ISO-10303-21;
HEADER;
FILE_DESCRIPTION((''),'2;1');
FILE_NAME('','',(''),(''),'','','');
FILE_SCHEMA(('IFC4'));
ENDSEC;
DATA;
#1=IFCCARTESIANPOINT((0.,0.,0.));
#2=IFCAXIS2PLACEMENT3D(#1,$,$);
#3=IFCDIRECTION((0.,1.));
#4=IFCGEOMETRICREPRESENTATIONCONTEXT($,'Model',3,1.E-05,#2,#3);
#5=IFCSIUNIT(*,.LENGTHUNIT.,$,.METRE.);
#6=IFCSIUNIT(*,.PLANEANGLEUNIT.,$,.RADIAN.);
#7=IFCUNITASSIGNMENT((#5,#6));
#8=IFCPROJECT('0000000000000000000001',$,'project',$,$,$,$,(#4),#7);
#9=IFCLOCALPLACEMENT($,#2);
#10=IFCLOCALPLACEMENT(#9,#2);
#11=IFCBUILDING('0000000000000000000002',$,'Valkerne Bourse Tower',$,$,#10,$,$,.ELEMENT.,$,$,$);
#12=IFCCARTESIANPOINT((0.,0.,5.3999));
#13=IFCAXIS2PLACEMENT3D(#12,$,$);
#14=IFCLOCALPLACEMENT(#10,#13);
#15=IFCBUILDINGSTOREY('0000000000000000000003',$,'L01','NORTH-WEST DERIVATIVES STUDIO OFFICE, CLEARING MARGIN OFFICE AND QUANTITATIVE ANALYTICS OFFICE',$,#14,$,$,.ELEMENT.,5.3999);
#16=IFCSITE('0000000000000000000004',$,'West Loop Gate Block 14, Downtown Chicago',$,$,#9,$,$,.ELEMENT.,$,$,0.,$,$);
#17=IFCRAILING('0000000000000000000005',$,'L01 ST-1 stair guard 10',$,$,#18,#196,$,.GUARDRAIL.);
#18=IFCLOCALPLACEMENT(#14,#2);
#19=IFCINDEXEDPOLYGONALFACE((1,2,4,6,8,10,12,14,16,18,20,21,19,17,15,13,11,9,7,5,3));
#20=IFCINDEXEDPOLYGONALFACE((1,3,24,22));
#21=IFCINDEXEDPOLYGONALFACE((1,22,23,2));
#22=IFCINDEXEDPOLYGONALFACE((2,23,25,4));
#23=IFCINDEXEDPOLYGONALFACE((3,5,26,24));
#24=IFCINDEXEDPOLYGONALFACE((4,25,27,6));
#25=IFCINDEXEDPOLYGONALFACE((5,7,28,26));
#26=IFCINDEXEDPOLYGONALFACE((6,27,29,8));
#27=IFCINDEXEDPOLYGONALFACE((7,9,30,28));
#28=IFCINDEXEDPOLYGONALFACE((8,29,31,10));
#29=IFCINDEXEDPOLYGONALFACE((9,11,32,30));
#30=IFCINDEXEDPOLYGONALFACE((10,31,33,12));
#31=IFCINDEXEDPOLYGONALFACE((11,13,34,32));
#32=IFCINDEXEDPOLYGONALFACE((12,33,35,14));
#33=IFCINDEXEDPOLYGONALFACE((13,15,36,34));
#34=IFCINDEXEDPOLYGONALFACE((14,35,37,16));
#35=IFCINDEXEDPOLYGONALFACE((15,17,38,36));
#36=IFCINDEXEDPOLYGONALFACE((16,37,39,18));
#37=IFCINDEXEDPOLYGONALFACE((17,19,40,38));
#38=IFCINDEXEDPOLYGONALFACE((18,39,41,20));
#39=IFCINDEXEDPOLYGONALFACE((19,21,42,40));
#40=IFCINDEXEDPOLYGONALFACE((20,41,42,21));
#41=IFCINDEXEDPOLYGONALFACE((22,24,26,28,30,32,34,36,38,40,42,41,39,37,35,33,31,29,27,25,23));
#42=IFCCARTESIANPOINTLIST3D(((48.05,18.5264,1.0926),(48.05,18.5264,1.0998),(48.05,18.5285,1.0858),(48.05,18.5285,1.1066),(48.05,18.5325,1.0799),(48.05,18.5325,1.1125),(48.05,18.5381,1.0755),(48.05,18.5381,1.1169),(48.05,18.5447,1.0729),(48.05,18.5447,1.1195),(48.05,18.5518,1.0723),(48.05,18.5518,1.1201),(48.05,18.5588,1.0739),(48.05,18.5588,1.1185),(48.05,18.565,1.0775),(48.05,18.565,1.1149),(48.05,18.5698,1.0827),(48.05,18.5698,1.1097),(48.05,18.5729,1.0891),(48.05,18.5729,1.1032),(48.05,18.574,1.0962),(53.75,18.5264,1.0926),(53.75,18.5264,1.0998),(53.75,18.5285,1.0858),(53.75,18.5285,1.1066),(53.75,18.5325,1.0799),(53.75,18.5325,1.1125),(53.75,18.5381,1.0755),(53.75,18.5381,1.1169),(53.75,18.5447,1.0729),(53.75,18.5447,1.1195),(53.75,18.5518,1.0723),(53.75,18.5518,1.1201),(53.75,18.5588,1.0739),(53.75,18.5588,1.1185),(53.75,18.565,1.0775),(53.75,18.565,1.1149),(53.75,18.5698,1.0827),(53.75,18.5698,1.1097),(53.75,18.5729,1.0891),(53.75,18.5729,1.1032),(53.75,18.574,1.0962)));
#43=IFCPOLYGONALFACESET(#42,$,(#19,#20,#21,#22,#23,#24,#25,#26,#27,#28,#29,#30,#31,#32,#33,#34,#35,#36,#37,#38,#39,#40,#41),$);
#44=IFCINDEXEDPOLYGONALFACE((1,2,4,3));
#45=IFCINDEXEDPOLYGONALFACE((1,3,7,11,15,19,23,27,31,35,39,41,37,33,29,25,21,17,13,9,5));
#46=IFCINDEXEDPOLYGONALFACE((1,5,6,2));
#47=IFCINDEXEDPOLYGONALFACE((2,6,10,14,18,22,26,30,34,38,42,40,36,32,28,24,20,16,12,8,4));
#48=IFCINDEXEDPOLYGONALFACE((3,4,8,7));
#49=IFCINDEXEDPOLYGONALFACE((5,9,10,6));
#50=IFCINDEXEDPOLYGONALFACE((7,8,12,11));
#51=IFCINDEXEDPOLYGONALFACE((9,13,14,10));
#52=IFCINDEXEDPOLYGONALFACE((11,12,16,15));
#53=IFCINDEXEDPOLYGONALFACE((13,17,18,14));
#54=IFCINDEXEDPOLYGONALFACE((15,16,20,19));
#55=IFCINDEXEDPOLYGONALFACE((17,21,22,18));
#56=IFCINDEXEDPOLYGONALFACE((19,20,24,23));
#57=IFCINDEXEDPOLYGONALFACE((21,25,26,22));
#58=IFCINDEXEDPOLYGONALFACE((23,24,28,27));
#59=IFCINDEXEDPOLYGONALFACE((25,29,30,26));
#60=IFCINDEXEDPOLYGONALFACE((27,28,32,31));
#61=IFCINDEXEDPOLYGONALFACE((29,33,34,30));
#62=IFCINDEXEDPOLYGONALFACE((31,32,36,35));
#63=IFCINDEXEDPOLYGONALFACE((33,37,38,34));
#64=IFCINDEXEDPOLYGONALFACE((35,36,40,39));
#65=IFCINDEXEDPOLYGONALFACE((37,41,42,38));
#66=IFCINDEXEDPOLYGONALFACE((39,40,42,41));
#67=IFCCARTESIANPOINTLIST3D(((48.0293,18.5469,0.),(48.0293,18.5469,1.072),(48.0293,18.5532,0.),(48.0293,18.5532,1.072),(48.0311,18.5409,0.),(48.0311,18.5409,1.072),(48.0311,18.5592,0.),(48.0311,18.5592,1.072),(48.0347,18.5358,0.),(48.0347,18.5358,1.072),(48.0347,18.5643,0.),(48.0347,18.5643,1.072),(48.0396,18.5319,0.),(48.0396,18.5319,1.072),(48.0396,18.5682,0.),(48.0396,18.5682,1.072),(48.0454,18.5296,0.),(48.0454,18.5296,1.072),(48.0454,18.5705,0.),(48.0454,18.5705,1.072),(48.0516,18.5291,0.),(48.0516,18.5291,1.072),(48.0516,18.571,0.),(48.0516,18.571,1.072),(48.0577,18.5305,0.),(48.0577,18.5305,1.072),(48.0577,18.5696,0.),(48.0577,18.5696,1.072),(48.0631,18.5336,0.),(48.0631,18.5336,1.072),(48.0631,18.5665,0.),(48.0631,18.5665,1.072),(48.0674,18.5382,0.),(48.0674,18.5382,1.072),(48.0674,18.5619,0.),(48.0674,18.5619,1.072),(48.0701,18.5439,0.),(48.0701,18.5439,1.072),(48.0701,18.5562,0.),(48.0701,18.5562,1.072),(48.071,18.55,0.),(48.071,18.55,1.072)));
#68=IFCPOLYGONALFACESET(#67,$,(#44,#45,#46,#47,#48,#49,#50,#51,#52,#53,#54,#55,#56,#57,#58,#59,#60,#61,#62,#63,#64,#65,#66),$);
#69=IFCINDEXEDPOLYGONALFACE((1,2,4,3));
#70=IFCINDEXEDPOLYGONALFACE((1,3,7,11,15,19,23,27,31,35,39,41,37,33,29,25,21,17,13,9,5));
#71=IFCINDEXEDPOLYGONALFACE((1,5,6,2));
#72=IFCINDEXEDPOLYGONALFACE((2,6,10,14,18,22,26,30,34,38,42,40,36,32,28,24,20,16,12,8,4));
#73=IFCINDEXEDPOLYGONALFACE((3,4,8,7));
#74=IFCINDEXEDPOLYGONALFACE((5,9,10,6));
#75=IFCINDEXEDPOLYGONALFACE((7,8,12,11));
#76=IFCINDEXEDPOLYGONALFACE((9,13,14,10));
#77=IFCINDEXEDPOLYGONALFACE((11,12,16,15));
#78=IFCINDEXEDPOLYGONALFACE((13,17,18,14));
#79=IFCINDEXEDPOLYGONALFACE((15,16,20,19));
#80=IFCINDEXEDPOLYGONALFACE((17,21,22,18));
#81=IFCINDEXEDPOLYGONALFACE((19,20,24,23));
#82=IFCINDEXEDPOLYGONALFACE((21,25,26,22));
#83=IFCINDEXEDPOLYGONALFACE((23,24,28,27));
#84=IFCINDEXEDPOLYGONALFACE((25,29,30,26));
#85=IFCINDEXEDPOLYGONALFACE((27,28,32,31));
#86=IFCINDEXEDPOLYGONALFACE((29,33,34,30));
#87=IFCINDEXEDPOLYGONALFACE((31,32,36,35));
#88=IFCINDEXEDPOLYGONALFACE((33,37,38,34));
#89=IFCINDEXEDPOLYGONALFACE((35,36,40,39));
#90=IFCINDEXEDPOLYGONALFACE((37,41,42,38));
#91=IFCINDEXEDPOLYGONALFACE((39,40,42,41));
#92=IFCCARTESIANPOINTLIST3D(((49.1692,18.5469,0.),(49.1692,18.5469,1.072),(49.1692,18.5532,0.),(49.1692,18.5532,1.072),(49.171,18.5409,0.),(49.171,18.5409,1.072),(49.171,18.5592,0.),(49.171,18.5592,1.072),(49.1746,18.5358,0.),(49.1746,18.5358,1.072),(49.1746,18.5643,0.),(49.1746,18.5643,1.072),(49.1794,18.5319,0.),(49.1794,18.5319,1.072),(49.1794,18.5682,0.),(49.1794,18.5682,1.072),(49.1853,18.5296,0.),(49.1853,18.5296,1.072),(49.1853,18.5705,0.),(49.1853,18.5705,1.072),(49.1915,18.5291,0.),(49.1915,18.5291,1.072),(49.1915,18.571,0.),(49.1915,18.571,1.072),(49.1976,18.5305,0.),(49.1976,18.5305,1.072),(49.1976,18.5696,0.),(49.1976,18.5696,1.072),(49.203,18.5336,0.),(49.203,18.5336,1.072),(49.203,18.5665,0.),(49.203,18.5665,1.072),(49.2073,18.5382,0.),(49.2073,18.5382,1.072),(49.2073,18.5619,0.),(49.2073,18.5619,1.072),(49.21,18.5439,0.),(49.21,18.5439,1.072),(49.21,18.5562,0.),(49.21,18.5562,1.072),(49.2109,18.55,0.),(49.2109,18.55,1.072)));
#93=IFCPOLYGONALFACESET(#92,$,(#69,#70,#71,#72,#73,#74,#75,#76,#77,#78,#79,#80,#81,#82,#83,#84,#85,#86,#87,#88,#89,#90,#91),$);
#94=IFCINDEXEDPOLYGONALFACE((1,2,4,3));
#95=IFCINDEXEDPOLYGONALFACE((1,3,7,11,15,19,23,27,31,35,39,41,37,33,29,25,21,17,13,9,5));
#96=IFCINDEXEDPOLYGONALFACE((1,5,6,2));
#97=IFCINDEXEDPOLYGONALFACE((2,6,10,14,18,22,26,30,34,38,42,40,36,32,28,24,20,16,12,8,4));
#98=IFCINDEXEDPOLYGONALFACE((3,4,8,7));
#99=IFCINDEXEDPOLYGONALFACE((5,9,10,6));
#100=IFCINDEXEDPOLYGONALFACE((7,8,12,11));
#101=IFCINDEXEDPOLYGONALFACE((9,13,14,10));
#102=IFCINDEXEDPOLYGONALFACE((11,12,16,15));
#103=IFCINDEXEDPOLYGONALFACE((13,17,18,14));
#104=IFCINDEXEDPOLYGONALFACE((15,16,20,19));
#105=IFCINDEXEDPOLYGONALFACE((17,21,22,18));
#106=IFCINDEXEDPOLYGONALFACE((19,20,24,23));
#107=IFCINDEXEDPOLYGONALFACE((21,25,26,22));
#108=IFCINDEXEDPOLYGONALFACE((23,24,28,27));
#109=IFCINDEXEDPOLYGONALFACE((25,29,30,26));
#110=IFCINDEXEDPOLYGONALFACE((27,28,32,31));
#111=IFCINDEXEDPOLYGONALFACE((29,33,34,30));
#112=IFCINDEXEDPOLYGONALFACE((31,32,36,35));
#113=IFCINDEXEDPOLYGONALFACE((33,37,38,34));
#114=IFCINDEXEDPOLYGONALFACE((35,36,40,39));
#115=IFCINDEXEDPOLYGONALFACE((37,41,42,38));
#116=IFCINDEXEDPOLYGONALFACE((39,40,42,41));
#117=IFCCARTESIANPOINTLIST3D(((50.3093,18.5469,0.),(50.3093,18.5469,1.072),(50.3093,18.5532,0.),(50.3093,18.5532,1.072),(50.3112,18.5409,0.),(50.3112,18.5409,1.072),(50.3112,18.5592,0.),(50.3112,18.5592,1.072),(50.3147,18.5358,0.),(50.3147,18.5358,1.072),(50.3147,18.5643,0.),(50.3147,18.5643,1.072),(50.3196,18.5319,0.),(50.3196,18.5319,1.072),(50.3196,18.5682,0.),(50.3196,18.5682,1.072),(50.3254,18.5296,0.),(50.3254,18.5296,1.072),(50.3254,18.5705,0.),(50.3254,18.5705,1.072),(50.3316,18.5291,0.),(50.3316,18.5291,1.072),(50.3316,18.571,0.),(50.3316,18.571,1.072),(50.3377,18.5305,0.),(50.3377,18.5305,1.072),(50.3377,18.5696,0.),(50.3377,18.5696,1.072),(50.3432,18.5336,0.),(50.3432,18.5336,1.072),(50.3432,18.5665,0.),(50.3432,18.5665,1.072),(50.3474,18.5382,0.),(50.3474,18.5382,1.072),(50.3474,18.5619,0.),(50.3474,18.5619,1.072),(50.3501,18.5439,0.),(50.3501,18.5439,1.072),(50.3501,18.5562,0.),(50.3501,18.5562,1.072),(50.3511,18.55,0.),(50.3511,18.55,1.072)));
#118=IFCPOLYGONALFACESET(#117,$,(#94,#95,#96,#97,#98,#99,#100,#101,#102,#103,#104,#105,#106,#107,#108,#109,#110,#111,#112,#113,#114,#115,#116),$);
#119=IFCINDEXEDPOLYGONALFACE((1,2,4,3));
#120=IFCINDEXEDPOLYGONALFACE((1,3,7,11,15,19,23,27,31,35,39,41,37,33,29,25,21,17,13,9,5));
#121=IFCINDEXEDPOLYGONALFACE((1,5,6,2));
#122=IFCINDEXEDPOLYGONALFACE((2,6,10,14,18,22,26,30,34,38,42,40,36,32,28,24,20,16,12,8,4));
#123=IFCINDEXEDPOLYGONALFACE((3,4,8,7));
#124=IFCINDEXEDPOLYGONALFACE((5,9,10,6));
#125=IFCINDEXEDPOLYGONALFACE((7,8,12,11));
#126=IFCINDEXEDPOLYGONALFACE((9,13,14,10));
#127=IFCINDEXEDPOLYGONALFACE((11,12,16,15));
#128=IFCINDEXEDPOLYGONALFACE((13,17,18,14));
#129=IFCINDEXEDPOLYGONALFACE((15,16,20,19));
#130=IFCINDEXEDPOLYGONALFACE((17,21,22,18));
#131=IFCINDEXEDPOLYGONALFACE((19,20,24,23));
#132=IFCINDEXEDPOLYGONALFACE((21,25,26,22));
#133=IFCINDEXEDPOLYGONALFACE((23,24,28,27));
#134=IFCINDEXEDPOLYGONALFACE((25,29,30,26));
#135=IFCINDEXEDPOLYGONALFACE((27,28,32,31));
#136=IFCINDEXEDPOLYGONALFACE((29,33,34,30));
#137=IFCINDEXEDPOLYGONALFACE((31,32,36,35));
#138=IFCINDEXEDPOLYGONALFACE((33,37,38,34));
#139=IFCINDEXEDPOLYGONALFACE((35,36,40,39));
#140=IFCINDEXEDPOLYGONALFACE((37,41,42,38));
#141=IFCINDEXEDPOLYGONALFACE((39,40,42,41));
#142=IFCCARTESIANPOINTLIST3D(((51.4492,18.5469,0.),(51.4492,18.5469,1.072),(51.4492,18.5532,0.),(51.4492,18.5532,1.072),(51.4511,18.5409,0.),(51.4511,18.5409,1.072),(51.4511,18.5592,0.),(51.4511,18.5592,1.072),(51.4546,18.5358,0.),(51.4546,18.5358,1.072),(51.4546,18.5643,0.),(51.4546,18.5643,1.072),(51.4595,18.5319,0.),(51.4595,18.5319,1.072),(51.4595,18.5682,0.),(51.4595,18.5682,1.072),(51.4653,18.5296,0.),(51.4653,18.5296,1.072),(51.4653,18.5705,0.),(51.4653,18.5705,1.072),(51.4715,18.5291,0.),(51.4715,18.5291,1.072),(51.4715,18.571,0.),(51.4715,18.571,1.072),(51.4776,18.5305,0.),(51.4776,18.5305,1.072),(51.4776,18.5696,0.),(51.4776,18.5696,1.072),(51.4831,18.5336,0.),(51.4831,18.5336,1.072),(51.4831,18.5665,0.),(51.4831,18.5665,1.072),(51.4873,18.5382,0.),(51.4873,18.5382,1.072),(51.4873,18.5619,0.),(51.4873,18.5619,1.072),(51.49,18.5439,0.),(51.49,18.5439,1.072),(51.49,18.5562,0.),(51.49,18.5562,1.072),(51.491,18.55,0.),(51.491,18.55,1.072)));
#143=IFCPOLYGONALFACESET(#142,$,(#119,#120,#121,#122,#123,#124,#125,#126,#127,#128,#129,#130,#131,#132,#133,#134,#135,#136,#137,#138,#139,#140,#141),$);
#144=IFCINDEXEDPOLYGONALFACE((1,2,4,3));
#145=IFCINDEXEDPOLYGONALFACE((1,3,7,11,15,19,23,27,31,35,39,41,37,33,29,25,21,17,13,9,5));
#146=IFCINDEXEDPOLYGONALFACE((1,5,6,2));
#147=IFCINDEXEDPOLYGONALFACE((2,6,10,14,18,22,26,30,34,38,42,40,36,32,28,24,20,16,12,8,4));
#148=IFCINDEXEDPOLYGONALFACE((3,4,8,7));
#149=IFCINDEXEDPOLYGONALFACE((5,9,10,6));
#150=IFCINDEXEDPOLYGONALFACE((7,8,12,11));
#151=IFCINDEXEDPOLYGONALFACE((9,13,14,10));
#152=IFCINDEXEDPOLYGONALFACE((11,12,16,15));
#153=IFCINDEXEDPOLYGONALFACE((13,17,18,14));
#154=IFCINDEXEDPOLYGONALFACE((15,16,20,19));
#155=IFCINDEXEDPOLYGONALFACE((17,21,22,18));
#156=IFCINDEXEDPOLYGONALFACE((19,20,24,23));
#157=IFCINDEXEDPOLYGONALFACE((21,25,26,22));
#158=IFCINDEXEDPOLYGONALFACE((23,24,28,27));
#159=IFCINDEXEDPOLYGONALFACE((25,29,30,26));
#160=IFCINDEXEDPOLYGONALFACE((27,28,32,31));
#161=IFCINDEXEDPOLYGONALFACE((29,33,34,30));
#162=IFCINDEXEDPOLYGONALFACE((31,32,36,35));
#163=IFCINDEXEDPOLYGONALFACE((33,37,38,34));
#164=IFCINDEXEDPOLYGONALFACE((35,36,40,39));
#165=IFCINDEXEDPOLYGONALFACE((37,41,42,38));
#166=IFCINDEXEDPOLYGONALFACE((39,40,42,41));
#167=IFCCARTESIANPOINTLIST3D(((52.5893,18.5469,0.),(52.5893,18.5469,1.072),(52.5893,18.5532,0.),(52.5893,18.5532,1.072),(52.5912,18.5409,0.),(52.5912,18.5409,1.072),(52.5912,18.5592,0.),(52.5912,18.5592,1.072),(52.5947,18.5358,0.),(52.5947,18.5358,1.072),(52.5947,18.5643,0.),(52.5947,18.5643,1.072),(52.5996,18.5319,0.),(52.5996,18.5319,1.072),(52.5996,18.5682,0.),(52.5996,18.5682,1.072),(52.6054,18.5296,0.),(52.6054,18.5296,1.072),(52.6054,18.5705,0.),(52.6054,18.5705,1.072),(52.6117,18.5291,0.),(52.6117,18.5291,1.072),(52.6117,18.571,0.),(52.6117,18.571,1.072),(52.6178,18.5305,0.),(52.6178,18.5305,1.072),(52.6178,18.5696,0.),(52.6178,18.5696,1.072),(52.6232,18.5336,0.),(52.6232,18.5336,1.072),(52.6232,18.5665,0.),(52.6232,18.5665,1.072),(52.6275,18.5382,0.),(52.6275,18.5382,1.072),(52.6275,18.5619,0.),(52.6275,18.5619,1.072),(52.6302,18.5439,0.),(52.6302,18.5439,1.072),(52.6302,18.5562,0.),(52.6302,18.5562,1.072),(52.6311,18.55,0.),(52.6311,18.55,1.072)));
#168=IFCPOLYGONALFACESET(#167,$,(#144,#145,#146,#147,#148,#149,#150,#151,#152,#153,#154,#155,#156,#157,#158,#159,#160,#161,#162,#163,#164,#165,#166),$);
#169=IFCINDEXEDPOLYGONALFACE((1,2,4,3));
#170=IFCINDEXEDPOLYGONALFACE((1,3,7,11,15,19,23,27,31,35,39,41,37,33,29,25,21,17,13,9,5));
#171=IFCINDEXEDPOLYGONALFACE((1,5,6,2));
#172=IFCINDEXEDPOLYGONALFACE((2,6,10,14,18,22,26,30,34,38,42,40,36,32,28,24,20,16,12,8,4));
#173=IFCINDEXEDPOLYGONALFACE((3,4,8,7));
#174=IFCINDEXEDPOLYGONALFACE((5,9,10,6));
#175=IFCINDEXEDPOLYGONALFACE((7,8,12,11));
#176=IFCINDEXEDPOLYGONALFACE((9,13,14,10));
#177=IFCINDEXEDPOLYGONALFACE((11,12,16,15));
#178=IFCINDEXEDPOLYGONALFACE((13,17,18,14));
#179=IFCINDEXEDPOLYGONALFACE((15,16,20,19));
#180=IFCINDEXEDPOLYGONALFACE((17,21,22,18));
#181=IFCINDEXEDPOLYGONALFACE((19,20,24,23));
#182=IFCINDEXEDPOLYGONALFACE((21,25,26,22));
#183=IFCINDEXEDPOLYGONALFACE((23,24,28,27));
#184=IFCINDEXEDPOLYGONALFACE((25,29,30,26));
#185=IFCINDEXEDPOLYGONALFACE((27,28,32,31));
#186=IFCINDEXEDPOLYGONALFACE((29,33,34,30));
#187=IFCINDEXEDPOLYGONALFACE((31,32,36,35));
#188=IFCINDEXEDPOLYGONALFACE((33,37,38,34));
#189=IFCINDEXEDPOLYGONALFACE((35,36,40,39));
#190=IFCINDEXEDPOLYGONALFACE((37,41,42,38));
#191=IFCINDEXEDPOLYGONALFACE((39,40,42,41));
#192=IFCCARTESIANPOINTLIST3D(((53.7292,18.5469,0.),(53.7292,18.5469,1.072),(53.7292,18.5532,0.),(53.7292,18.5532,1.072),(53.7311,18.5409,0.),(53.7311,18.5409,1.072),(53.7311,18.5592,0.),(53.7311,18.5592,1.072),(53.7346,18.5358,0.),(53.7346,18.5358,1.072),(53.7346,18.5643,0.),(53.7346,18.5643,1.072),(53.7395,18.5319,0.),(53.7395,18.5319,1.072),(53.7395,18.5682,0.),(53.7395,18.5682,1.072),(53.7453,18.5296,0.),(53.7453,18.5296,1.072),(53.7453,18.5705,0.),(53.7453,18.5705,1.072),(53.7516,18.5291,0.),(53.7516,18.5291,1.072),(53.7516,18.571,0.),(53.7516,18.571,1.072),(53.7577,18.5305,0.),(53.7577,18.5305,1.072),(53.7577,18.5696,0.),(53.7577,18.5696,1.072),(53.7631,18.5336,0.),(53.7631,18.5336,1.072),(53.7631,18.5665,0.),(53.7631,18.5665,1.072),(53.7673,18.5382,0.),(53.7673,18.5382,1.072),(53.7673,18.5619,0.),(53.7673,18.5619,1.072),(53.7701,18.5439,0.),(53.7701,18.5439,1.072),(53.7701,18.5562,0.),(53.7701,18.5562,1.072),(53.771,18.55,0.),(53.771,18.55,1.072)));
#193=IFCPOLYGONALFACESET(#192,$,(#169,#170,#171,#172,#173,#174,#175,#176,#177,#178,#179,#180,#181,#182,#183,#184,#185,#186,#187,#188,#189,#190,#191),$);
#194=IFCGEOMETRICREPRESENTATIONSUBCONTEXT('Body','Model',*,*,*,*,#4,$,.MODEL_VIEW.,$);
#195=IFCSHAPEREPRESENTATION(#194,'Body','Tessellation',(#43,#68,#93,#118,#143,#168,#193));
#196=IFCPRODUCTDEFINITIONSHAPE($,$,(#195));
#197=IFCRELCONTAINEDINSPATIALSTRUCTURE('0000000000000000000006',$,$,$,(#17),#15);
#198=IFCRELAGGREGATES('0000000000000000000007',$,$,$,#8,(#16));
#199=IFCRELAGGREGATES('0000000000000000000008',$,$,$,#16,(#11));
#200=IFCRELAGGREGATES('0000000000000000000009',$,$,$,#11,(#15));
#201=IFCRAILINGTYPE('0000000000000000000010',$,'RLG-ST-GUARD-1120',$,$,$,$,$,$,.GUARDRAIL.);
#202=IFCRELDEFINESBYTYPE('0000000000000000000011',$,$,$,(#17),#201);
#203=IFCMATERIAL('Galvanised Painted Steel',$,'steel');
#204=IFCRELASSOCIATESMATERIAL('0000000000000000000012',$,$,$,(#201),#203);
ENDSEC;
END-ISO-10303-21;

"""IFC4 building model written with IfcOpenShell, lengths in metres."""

from ifc_helpers import new_model, si_unit, direction, frame, origin, origin_2d, place, context, subcontext, project, spatial, circle, extrude, material, type_object, element, save


model = new_model("IFC4")

# Units and contexts
model_context = context("Model", 3, precision=1e-05, world=origin(), true_north=direction((0.0, 1.0)))
body_context = subcontext(model_context, "Body", "Model", "MODEL_VIEW")
ifc_project = project(units=[si_unit("LENGTHUNIT", "METRE"), si_unit("PLANEANGLEUNIT", "RADIAN")], contexts=[model_context])

# Site, building, storey
site_placement = place(None, origin())
site = spatial("IfcSite", under=ifc_project, at=site_placement, Name="West Loop Gate Block 14, Downtown Chicago", CompositionType="ELEMENT", RefElevation=0.0)
building_placement = place(site_placement, origin())
building = spatial("IfcBuilding", under=site, at=building_placement, Name="Valkerne Bourse Tower", CompositionType="ELEMENT")
storey_placement = place(building_placement, frame((0.0, 0.0, 5.3999)))
storey = spatial("IfcBuildingStorey", under=building, at=storey_placement, Name="L01", Description="NORTH-WEST DERIVATIVES STUDIO OFFICE, CLEARING MARGIN OFFICE AND QUANTITATIVE ANALYTICS OFFICE", CompositionType="ELEMENT", Elevation=5.3999)

# Shared definitions
ifc_material_1 = material(Name="Galvanised Painted Steel", Category="steel")

# Railing
railing_type_1 = type_object("IfcRailingType", Name="RLG-ST-GUARD-1120", PredefinedType="GUARDRAIL", material=ifc_material_1)
railing_1_placement = place(storey_placement, frame((48.05, 18.55, 0.0)))
element("IfcRailing", 1, at=railing_1_placement, inside=storey, type_object=railing_type_1, Name="L01 ST-1 stair guard 10", PredefinedType="GUARDRAIL", context=body_context, shape_type="SweptSolid", body=[
    extrude(circle(Radius=0.0239, at=origin_2d()), frame((0.0, 0.0, 1.0962), z_axis=(1.0, 0.0, 0.0), x_axis=(0.0, 1.0, 0.0)), (0.0, 0.0, 1.0), 5.7),
    extrude(circle(Radius=0.021, at=origin_2d()), origin(), (0.0, 0.0, 1.0), 1.072),
    extrude(circle(Radius=0.021, at=origin_2d()), frame((1.1399, 0.0, 0.0)), (0.0, 0.0, 1.0), 1.072),
    extrude(circle(Radius=0.021, at=origin_2d()), frame((2.28, 0.0, 0.0)), (0.0, 0.0, 1.0), 1.072),
    extrude(circle(Radius=0.021, at=origin_2d()), frame((3.4199, 0.0, 0.0)), (0.0, 0.0, 1.0), 1.072),
    extrude(circle(Radius=0.021, at=origin_2d()), frame((4.5601, 0.0, 0.0)), (0.0, 0.0, 1.0), 1.072),
    extrude(circle(Radius=0.021, at=origin_2d()), frame((5.7, 0.0, 0.0)), (0.0, 0.0, 1.0), 1.072),
])

save(model, "model.ifc")
